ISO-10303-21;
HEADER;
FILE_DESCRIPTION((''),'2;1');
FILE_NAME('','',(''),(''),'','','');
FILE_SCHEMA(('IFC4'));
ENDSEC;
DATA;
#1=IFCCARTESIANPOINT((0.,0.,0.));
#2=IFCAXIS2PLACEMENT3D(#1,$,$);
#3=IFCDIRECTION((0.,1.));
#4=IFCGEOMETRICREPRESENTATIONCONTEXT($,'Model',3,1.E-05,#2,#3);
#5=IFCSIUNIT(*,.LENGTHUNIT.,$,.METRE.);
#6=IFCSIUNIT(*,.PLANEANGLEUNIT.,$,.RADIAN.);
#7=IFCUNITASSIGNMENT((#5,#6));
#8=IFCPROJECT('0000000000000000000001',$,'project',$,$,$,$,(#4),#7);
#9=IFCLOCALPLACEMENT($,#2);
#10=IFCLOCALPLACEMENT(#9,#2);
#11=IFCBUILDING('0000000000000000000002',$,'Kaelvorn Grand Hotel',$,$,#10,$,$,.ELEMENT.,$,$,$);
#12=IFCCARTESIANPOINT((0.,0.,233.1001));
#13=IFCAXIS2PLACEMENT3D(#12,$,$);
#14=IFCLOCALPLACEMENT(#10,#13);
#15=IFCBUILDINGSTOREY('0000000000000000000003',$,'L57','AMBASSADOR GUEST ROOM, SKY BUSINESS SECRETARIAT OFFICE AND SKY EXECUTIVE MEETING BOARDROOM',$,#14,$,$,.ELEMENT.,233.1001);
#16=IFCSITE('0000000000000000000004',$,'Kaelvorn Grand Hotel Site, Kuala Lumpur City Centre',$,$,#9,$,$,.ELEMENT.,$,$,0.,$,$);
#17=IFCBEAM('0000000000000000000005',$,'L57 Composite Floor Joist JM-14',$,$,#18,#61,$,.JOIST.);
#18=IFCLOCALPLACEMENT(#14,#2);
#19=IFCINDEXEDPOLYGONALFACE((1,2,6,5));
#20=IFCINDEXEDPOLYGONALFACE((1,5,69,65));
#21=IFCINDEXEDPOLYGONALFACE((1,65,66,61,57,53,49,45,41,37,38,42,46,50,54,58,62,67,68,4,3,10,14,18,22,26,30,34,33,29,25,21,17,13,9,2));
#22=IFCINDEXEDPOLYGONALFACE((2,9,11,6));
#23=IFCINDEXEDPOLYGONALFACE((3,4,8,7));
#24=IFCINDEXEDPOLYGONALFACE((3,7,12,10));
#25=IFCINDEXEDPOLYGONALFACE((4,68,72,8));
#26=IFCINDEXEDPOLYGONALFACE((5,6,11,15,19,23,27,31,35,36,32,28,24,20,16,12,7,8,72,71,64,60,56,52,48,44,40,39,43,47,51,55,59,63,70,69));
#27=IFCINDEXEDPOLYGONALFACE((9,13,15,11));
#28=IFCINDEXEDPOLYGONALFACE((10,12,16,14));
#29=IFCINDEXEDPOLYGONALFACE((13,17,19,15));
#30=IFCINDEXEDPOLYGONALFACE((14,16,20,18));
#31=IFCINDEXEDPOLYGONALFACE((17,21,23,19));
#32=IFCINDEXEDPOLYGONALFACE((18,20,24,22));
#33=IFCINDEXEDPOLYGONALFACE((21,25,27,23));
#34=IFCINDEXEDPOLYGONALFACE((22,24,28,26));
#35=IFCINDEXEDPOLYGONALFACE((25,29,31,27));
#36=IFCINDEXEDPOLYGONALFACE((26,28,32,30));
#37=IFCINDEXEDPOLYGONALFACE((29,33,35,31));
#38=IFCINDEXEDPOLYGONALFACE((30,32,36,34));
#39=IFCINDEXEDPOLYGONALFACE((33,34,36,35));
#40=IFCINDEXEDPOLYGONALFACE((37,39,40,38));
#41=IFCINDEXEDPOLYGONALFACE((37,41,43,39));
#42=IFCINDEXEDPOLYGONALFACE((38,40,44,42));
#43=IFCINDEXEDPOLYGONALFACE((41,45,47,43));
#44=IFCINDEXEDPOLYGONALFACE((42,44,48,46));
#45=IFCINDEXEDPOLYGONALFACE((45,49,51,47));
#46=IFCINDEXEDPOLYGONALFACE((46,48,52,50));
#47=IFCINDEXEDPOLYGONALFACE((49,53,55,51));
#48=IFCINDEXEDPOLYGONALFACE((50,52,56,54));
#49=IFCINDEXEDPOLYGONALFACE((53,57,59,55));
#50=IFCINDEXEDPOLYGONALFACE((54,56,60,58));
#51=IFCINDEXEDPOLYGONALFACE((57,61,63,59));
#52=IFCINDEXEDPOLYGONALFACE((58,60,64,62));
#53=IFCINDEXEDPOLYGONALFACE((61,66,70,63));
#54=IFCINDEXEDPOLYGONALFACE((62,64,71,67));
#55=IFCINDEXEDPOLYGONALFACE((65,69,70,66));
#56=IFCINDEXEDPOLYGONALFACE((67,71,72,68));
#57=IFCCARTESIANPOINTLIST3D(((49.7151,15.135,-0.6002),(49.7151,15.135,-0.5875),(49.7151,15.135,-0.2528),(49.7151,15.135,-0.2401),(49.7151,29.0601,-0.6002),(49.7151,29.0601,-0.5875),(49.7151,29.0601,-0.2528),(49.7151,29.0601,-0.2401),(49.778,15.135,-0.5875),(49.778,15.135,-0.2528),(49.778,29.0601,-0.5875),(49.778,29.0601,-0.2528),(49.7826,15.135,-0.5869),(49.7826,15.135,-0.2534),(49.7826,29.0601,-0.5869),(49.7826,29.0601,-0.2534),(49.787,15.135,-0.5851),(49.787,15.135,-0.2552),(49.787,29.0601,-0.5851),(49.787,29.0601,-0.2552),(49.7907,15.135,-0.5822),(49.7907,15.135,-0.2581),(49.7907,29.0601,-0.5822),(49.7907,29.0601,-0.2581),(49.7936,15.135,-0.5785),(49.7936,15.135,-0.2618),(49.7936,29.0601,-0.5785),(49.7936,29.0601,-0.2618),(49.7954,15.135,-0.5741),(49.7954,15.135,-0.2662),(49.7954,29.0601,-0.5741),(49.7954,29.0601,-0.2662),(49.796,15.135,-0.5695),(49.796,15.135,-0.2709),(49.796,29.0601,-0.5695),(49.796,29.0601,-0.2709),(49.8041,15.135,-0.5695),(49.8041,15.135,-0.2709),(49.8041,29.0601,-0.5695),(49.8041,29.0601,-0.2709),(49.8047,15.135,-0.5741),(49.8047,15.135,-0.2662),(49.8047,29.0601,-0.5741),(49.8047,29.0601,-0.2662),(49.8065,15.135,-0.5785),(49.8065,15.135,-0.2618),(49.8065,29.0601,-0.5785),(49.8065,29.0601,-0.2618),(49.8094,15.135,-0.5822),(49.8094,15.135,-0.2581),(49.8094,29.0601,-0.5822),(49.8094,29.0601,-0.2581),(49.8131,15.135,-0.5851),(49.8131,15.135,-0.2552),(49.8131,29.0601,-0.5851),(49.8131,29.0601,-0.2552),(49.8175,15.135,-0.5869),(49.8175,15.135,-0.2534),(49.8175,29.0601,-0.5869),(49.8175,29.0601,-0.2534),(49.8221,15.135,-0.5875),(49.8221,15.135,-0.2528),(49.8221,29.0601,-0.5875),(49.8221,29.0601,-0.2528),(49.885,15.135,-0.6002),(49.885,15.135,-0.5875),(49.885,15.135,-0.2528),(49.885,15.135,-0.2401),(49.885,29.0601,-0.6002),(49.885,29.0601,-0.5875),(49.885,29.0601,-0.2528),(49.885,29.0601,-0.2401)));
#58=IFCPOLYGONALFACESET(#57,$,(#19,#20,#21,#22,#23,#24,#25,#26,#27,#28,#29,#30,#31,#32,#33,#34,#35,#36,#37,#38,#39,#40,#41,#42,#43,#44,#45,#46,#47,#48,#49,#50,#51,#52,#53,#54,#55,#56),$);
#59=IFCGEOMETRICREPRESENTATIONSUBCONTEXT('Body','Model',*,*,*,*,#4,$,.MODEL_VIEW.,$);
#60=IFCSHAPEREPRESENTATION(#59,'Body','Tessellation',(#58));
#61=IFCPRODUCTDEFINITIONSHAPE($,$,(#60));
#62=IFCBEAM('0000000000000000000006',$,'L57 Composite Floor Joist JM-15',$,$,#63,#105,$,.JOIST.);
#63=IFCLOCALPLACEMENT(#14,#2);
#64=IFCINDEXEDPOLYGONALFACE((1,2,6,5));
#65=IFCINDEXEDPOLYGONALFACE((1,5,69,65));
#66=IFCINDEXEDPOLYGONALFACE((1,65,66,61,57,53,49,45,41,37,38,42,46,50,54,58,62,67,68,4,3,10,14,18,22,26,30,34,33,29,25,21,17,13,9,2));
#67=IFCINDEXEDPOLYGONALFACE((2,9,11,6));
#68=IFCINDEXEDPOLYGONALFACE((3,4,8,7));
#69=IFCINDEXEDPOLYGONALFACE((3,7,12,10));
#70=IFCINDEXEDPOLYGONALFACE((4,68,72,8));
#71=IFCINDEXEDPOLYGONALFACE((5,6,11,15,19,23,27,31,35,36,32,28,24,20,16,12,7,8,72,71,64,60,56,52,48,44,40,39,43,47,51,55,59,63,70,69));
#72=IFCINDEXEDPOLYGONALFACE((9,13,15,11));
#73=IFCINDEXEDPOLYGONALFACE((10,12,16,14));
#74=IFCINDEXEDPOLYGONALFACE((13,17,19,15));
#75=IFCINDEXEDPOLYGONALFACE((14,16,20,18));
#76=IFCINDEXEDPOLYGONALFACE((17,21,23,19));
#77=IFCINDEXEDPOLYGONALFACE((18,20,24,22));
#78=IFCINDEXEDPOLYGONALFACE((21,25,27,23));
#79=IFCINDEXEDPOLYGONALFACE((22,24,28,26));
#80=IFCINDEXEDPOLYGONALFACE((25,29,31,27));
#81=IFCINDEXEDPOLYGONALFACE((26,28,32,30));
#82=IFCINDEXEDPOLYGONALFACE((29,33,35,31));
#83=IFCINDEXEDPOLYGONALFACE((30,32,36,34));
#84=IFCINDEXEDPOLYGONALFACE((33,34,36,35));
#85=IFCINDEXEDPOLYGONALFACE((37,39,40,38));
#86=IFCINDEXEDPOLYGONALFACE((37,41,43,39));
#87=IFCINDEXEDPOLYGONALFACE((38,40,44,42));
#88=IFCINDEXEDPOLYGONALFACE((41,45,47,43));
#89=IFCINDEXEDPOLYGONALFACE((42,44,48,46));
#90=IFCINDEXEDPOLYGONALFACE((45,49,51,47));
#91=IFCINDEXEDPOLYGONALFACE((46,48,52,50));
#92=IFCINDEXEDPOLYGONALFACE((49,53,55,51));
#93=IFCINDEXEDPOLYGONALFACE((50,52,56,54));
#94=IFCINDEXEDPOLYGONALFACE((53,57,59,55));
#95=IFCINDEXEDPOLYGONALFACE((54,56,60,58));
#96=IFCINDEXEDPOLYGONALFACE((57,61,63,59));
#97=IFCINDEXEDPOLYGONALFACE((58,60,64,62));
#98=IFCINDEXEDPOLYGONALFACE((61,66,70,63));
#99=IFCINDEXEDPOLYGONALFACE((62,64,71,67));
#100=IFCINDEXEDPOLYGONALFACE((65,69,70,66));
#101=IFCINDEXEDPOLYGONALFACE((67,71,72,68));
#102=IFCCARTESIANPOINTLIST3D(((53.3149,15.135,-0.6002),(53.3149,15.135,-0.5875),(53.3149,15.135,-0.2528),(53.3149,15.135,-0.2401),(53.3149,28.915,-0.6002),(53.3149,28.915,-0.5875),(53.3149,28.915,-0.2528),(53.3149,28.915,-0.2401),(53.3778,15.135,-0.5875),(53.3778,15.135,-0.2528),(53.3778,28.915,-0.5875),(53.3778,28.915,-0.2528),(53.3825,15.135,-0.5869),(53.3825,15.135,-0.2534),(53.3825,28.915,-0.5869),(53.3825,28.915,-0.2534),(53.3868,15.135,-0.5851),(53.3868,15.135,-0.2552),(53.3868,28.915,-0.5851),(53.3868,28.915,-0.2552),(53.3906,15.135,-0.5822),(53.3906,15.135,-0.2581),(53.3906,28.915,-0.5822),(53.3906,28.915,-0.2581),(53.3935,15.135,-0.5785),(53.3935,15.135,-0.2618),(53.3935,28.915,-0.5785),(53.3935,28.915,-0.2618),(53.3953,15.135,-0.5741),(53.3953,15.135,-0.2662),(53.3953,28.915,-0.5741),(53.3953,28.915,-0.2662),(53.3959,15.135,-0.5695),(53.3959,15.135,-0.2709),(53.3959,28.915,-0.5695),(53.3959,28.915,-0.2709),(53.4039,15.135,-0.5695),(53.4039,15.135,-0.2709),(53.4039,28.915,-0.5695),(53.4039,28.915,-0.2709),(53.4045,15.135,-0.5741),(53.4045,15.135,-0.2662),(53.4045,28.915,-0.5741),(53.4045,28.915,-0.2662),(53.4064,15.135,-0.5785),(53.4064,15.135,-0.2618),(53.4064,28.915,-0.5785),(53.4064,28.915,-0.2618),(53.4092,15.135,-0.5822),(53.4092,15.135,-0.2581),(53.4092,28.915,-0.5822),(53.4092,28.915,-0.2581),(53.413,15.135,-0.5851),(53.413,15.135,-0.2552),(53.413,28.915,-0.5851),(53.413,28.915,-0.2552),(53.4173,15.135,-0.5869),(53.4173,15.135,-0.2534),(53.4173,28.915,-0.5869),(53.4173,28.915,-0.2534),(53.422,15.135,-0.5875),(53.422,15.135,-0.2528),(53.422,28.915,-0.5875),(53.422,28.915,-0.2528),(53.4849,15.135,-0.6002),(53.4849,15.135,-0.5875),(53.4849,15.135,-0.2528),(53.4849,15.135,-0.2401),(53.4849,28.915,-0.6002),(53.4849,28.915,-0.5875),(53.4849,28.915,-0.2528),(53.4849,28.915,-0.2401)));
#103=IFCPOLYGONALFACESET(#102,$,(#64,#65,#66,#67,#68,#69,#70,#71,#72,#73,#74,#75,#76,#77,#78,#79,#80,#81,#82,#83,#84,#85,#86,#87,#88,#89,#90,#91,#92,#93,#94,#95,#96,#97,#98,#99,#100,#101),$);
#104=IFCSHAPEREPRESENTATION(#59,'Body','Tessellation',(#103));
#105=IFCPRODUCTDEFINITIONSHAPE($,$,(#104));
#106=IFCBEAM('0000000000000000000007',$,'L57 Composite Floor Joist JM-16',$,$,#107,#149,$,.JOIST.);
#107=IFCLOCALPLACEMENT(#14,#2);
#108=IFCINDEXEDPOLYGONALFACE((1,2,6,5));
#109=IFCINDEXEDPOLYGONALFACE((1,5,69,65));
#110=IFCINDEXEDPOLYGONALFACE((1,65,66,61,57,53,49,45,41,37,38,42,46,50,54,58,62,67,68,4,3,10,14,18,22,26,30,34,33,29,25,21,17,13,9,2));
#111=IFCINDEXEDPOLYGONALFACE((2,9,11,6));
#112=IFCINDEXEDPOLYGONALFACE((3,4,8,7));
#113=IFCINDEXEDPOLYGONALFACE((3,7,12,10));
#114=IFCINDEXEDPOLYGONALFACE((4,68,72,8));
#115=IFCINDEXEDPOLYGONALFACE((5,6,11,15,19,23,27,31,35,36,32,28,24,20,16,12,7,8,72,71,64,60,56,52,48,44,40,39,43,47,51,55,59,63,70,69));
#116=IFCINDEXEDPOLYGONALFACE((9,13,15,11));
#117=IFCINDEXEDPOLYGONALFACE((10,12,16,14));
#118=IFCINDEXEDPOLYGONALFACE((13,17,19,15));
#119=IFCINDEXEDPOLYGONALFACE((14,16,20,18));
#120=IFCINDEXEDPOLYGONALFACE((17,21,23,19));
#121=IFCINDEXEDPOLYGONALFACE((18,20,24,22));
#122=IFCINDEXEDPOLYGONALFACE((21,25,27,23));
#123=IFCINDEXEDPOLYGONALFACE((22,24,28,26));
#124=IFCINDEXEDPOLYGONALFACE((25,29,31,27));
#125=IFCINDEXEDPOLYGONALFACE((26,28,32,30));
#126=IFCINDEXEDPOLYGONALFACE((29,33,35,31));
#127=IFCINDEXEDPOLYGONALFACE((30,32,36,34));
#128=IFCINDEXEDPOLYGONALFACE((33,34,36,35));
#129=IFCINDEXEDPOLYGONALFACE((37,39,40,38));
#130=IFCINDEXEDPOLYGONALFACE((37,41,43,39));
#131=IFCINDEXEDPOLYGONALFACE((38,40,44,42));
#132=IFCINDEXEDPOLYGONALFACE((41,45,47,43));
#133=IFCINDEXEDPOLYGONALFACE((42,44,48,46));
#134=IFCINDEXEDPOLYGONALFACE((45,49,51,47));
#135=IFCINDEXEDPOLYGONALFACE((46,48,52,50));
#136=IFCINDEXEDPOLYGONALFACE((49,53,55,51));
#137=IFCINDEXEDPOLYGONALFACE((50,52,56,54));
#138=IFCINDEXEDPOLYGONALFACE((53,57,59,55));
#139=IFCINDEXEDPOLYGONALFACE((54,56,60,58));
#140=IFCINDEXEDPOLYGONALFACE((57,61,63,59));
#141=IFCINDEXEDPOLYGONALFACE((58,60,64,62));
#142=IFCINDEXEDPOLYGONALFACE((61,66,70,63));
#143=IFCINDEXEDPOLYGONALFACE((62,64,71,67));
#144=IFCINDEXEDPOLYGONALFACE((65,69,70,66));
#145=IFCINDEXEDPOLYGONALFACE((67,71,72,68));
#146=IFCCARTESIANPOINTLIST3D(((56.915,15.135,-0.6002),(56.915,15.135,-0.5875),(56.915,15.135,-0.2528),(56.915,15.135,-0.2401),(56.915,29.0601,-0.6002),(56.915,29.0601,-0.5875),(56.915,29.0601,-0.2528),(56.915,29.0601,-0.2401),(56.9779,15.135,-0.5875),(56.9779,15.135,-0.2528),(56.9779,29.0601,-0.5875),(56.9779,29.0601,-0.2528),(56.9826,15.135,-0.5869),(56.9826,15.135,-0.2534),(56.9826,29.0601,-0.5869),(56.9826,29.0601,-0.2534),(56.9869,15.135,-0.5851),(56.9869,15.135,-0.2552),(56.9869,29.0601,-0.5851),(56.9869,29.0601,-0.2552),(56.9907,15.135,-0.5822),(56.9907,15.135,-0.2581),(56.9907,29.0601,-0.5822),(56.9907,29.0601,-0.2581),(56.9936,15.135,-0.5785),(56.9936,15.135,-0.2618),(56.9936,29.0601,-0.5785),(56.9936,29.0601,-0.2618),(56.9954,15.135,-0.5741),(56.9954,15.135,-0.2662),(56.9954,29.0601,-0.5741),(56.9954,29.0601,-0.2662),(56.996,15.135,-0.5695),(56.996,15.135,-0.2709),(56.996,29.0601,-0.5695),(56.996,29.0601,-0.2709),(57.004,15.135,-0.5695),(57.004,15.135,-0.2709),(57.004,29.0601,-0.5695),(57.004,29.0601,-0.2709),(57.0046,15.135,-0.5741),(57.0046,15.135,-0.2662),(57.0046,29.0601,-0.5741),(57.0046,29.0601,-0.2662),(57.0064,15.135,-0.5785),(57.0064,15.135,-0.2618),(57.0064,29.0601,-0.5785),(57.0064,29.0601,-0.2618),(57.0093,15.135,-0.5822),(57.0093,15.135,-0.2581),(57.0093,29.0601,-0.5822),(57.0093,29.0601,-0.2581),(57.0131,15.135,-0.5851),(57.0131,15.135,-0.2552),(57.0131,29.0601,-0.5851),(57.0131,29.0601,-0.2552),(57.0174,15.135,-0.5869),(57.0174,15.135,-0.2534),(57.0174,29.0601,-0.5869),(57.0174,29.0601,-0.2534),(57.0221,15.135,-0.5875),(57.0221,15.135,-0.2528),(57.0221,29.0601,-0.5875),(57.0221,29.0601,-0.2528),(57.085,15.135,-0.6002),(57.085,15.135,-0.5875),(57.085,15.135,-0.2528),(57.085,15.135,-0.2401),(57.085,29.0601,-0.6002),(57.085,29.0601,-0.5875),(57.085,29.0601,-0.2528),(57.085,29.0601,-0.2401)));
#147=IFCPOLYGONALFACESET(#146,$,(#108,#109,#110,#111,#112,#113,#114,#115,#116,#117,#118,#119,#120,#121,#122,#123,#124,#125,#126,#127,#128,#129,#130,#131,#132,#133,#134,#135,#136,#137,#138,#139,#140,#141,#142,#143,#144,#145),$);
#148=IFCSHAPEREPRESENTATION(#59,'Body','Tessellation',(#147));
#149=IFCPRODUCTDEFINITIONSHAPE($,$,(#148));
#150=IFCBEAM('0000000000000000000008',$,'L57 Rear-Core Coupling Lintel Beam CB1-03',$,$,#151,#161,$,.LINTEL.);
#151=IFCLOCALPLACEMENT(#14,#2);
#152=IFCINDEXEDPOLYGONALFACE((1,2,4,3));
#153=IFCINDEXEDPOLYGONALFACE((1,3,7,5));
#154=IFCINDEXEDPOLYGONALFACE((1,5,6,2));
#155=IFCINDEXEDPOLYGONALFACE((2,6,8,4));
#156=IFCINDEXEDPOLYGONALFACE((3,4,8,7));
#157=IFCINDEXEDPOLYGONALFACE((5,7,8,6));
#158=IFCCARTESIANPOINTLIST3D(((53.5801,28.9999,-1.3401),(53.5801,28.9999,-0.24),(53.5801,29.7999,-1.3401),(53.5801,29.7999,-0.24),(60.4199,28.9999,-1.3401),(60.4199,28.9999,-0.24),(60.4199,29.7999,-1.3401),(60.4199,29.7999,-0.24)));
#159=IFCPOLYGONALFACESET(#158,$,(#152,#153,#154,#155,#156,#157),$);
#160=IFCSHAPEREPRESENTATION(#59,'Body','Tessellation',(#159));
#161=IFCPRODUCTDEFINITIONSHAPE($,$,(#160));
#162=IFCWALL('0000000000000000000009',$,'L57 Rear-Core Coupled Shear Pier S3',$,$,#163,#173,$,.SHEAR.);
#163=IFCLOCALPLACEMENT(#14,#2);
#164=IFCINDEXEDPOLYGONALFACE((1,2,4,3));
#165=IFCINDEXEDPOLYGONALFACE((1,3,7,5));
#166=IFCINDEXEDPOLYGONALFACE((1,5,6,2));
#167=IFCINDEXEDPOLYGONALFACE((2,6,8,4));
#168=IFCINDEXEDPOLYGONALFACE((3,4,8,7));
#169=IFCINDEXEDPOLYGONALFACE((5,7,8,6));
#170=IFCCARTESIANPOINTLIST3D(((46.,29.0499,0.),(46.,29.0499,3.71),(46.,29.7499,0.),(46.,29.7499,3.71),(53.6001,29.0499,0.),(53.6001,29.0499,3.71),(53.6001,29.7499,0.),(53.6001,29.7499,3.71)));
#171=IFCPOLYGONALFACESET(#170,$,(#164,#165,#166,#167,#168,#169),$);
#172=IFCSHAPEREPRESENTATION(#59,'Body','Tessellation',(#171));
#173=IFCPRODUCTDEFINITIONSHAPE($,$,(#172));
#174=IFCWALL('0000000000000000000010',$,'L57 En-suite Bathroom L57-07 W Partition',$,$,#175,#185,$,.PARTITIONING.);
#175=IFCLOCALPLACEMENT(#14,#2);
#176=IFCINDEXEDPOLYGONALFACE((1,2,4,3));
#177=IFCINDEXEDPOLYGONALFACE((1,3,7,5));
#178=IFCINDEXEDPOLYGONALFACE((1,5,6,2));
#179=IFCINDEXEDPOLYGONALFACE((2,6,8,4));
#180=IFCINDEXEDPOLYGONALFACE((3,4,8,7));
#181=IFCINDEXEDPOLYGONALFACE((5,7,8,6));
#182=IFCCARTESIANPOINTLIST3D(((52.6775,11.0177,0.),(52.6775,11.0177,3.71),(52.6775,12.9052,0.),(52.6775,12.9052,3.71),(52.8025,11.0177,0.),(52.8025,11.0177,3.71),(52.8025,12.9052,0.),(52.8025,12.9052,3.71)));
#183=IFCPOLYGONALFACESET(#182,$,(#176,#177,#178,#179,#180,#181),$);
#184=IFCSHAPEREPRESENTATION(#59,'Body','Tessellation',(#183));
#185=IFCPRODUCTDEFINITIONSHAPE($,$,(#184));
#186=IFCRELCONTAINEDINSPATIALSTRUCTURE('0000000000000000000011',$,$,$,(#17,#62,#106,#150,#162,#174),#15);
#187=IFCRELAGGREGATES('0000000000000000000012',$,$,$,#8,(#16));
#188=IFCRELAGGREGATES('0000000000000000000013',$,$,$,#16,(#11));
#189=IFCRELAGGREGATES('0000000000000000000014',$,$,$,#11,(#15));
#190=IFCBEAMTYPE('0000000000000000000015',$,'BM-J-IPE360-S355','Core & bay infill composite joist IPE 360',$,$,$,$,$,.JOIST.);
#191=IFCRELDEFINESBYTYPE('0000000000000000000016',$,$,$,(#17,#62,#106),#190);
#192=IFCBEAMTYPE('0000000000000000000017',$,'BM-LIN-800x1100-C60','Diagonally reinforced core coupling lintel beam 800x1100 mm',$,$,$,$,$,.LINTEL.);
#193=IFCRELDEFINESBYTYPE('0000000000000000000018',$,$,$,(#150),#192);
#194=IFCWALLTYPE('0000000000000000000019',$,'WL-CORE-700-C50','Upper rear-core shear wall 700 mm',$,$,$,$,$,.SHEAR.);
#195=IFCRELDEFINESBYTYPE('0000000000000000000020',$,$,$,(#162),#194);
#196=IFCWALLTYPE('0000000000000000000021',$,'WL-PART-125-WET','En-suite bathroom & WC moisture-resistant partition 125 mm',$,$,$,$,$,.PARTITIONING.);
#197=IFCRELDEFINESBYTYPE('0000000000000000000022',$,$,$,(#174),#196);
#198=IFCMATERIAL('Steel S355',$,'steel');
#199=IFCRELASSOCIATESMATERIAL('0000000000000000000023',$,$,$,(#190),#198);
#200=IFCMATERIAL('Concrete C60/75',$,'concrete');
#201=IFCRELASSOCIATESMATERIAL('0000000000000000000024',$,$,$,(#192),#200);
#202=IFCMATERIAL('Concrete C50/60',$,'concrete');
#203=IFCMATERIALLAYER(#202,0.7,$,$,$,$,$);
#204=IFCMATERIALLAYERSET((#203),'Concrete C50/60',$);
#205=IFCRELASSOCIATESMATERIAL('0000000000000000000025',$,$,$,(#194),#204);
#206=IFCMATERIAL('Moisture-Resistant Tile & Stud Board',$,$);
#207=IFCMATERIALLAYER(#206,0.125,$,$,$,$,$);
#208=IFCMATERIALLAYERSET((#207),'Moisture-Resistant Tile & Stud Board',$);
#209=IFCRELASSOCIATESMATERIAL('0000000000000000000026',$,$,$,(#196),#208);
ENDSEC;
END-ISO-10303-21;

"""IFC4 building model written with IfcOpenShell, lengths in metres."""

from ifc_helpers import new_model, si_unit, direction, frame, frame_2d, origin, origin_2d, place, context, subcontext, project, spatial, rectangle, i_section, extrude, material, layer, layer_set, material_profile, profile_set, type_object, element, save


model = new_model("IFC4")

# Units and contexts
model_context = context("Model", 3, precision=1e-05, world=origin(), true_north=direction((0.0, 1.0)))
body_context = subcontext(model_context, "Body", "Model", "MODEL_VIEW")
ifc_project = project(units=[si_unit("LENGTHUNIT", "METRE"), si_unit("PLANEANGLEUNIT", "RADIAN")], contexts=[model_context])

# Site, building, storey
site_placement = place(None, origin())
site = spatial("IfcSite", under=ifc_project, at=site_placement, Name="Kaelvorn Grand Hotel Site, Kuala Lumpur City Centre", CompositionType="ELEMENT", RefElevation=0.0)
building_placement = place(site_placement, origin())
building = spatial("IfcBuilding", under=site, at=building_placement, Name="Kaelvorn Grand Hotel", CompositionType="ELEMENT")
storey_placement = place(building_placement, frame((0.0, 0.0, 233.1001)))
storey = spatial("IfcBuildingStorey", under=building, at=storey_placement, Name="L57", Description="AMBASSADOR GUEST ROOM, SKY BUSINESS SECRETARIAT OFFICE AND SKY EXECUTIVE MEETING BOARDROOM", CompositionType="ELEMENT", Elevation=233.1001)

# Shared definitions
ifc_material_1 = material(Name="Concrete C50/60", Category="concrete")

# Beams
ifc_material_2 = material(Name="Steel S355", Category="steel")
ifc_material_profile_1 = material_profile(ifc_material_2, i_section(OverallWidth=0.1699, OverallDepth=0.3601, WebThickness=0.0081, FlangeThickness=0.0127, FilletRadius=0.0181, at=origin_2d()), Name="IPE 360")
ifc_profile_set_1 = profile_set([ifc_material_profile_1], Name="Steel S355")
beam_type_1 = type_object("IfcBeamType", Name="BM-J-IPE360-S355", Description="Core & bay infill composite joist IPE 360", PredefinedType="JOIST", material=ifc_profile_set_1)
beam_1_placement = place(storey_placement, frame((49.8, 15.135, -0.4202), z_axis=(0.0, 1.0, 0.0), x_axis=(-1.0, 0.0, 0.0)))
element("IfcBeam", 1, at=beam_1_placement, inside=storey, type_object=beam_type_1, Name="L57 Composite Floor Joist JM-14", PredefinedType="JOIST", context=body_context, shape_type="SweptSolid", body=[
    extrude(i_section(OverallWidth=0.1699, OverallDepth=0.3601, WebThickness=0.0081, FlangeThickness=0.0127, FilletRadius=0.0181, at=origin_2d()), origin(), (0.0, 0.0, 1.0), 13.925),
])
beam_2_placement = place(storey_placement, frame((53.3999, 15.135, -0.4202), z_axis=(0.0, 1.0, 0.0), x_axis=(-1.0, 0.0, 0.0)))
element("IfcBeam", 2, at=beam_2_placement, inside=storey, type_object=beam_type_1, Name="L57 Composite Floor Joist JM-15", PredefinedType="JOIST", context=body_context, shape_type="SweptSolid", body=[
    extrude(i_section(OverallWidth=0.1699, OverallDepth=0.3601, WebThickness=0.0081, FlangeThickness=0.0127, FilletRadius=0.0181, at=origin_2d()), origin(), (0.0, 0.0, 1.0), 13.78),
])
beam_3_placement = place(storey_placement, frame((57.0, 15.135, -0.4202), z_axis=(0.0, 1.0, 0.0), x_axis=(-1.0, 0.0, 0.0)))
element("IfcBeam", 3, at=beam_3_placement, inside=storey, type_object=beam_type_1, Name="L57 Composite Floor Joist JM-16", PredefinedType="JOIST", context=body_context, shape_type="SweptSolid", body=[
    extrude(i_section(OverallWidth=0.1699, OverallDepth=0.3601, WebThickness=0.0081, FlangeThickness=0.0127, FilletRadius=0.0181, at=origin_2d()), origin(), (0.0, 0.0, 1.0), 13.925),
])
ifc_material_3 = material(Name="Concrete C60/75", Category="concrete")
ifc_material_profile_2 = material_profile(ifc_material_3, rectangle(XDim=0.8, YDim=1.1001, at=origin_2d()), Name="RC LINTEL 800x1100")
ifc_profile_set_2 = profile_set([ifc_material_profile_2], Name="Concrete C60/75")
beam_type_2 = type_object("IfcBeamType", Name="BM-LIN-800x1100-C60", Description="Diagonally reinforced core coupling lintel beam 800x1100 mm", PredefinedType="LINTEL", material=ifc_profile_set_2)
beam_4_placement = place(storey_placement, frame((53.5801, 29.3999, -0.79), z_axis=(1.0, 0.0, 0.0), x_axis=(0.0, 1.0, 0.0)))
element("IfcBeam", 4, at=beam_4_placement, inside=storey, type_object=beam_type_2, Name="L57 Rear-Core Coupling Lintel Beam CB1-03", PredefinedType="LINTEL", context=body_context, shape_type="SweptSolid", body=[
    extrude(rectangle(XDim=0.8, YDim=1.1001, at=origin_2d()), origin(), (0.0, 0.0, 1.0), 6.8398),
])

# Walls
ifc_layer_1 = layer(ifc_material_1, 0.7)
ifc_layer_set_1 = layer_set([ifc_layer_1], Name="Concrete C50/60")
wall_type_1 = type_object("IfcWallType", Name="WL-CORE-700-C50", Description="Upper rear-core shear wall 700 mm", PredefinedType="SHEAR", material=ifc_layer_set_1)
wall_1_placement = place(storey_placement, frame((46.0, 29.3999, 0.0), z_axis=(0.0, 0.0, 1.0), x_axis=(1.0, 0.0, 0.0)))
element("IfcWall", 5, at=wall_1_placement, inside=storey, type_object=wall_type_1, Name="L57 Rear-Core Coupled Shear Pier S3", PredefinedType="SHEAR", context=body_context, shape_type="SweptSolid", body=[
    extrude(rectangle(XDim=7.6001, YDim=0.7, at=frame_2d((3.8, 0.0))), origin(), (0.0, 0.0, 1.0), 3.71),
])
ifc_material_4 = material(Name="Moisture-Resistant Tile & Stud Board")
ifc_layer_2 = layer(ifc_material_4, 0.125)
ifc_layer_set_2 = layer_set([ifc_layer_2], Name="Moisture-Resistant Tile & Stud Board")
wall_type_2 = type_object("IfcWallType", Name="WL-PART-125-WET", Description="En-suite bathroom & WC moisture-resistant partition 125 mm", PredefinedType="PARTITIONING", material=ifc_layer_set_2)
wall_2_placement = place(storey_placement, frame((52.74, 11.0176, 0.0), z_axis=(0.0, 0.0, 1.0), x_axis=(0.0, 1.0, 0.0)))
element("IfcWall", 6, at=wall_2_placement, inside=storey, type_object=wall_type_2, Name="L57 En-suite Bathroom L57-07 W Partition", PredefinedType="PARTITIONING", context=body_context, shape_type="SweptSolid", body=[
    extrude(rectangle(XDim=1.8875, YDim=0.125, at=frame_2d((0.9438, 0.0))), origin(), (0.0, 0.0, 1.0), 3.71),
])

save(model, "model.ifc")
